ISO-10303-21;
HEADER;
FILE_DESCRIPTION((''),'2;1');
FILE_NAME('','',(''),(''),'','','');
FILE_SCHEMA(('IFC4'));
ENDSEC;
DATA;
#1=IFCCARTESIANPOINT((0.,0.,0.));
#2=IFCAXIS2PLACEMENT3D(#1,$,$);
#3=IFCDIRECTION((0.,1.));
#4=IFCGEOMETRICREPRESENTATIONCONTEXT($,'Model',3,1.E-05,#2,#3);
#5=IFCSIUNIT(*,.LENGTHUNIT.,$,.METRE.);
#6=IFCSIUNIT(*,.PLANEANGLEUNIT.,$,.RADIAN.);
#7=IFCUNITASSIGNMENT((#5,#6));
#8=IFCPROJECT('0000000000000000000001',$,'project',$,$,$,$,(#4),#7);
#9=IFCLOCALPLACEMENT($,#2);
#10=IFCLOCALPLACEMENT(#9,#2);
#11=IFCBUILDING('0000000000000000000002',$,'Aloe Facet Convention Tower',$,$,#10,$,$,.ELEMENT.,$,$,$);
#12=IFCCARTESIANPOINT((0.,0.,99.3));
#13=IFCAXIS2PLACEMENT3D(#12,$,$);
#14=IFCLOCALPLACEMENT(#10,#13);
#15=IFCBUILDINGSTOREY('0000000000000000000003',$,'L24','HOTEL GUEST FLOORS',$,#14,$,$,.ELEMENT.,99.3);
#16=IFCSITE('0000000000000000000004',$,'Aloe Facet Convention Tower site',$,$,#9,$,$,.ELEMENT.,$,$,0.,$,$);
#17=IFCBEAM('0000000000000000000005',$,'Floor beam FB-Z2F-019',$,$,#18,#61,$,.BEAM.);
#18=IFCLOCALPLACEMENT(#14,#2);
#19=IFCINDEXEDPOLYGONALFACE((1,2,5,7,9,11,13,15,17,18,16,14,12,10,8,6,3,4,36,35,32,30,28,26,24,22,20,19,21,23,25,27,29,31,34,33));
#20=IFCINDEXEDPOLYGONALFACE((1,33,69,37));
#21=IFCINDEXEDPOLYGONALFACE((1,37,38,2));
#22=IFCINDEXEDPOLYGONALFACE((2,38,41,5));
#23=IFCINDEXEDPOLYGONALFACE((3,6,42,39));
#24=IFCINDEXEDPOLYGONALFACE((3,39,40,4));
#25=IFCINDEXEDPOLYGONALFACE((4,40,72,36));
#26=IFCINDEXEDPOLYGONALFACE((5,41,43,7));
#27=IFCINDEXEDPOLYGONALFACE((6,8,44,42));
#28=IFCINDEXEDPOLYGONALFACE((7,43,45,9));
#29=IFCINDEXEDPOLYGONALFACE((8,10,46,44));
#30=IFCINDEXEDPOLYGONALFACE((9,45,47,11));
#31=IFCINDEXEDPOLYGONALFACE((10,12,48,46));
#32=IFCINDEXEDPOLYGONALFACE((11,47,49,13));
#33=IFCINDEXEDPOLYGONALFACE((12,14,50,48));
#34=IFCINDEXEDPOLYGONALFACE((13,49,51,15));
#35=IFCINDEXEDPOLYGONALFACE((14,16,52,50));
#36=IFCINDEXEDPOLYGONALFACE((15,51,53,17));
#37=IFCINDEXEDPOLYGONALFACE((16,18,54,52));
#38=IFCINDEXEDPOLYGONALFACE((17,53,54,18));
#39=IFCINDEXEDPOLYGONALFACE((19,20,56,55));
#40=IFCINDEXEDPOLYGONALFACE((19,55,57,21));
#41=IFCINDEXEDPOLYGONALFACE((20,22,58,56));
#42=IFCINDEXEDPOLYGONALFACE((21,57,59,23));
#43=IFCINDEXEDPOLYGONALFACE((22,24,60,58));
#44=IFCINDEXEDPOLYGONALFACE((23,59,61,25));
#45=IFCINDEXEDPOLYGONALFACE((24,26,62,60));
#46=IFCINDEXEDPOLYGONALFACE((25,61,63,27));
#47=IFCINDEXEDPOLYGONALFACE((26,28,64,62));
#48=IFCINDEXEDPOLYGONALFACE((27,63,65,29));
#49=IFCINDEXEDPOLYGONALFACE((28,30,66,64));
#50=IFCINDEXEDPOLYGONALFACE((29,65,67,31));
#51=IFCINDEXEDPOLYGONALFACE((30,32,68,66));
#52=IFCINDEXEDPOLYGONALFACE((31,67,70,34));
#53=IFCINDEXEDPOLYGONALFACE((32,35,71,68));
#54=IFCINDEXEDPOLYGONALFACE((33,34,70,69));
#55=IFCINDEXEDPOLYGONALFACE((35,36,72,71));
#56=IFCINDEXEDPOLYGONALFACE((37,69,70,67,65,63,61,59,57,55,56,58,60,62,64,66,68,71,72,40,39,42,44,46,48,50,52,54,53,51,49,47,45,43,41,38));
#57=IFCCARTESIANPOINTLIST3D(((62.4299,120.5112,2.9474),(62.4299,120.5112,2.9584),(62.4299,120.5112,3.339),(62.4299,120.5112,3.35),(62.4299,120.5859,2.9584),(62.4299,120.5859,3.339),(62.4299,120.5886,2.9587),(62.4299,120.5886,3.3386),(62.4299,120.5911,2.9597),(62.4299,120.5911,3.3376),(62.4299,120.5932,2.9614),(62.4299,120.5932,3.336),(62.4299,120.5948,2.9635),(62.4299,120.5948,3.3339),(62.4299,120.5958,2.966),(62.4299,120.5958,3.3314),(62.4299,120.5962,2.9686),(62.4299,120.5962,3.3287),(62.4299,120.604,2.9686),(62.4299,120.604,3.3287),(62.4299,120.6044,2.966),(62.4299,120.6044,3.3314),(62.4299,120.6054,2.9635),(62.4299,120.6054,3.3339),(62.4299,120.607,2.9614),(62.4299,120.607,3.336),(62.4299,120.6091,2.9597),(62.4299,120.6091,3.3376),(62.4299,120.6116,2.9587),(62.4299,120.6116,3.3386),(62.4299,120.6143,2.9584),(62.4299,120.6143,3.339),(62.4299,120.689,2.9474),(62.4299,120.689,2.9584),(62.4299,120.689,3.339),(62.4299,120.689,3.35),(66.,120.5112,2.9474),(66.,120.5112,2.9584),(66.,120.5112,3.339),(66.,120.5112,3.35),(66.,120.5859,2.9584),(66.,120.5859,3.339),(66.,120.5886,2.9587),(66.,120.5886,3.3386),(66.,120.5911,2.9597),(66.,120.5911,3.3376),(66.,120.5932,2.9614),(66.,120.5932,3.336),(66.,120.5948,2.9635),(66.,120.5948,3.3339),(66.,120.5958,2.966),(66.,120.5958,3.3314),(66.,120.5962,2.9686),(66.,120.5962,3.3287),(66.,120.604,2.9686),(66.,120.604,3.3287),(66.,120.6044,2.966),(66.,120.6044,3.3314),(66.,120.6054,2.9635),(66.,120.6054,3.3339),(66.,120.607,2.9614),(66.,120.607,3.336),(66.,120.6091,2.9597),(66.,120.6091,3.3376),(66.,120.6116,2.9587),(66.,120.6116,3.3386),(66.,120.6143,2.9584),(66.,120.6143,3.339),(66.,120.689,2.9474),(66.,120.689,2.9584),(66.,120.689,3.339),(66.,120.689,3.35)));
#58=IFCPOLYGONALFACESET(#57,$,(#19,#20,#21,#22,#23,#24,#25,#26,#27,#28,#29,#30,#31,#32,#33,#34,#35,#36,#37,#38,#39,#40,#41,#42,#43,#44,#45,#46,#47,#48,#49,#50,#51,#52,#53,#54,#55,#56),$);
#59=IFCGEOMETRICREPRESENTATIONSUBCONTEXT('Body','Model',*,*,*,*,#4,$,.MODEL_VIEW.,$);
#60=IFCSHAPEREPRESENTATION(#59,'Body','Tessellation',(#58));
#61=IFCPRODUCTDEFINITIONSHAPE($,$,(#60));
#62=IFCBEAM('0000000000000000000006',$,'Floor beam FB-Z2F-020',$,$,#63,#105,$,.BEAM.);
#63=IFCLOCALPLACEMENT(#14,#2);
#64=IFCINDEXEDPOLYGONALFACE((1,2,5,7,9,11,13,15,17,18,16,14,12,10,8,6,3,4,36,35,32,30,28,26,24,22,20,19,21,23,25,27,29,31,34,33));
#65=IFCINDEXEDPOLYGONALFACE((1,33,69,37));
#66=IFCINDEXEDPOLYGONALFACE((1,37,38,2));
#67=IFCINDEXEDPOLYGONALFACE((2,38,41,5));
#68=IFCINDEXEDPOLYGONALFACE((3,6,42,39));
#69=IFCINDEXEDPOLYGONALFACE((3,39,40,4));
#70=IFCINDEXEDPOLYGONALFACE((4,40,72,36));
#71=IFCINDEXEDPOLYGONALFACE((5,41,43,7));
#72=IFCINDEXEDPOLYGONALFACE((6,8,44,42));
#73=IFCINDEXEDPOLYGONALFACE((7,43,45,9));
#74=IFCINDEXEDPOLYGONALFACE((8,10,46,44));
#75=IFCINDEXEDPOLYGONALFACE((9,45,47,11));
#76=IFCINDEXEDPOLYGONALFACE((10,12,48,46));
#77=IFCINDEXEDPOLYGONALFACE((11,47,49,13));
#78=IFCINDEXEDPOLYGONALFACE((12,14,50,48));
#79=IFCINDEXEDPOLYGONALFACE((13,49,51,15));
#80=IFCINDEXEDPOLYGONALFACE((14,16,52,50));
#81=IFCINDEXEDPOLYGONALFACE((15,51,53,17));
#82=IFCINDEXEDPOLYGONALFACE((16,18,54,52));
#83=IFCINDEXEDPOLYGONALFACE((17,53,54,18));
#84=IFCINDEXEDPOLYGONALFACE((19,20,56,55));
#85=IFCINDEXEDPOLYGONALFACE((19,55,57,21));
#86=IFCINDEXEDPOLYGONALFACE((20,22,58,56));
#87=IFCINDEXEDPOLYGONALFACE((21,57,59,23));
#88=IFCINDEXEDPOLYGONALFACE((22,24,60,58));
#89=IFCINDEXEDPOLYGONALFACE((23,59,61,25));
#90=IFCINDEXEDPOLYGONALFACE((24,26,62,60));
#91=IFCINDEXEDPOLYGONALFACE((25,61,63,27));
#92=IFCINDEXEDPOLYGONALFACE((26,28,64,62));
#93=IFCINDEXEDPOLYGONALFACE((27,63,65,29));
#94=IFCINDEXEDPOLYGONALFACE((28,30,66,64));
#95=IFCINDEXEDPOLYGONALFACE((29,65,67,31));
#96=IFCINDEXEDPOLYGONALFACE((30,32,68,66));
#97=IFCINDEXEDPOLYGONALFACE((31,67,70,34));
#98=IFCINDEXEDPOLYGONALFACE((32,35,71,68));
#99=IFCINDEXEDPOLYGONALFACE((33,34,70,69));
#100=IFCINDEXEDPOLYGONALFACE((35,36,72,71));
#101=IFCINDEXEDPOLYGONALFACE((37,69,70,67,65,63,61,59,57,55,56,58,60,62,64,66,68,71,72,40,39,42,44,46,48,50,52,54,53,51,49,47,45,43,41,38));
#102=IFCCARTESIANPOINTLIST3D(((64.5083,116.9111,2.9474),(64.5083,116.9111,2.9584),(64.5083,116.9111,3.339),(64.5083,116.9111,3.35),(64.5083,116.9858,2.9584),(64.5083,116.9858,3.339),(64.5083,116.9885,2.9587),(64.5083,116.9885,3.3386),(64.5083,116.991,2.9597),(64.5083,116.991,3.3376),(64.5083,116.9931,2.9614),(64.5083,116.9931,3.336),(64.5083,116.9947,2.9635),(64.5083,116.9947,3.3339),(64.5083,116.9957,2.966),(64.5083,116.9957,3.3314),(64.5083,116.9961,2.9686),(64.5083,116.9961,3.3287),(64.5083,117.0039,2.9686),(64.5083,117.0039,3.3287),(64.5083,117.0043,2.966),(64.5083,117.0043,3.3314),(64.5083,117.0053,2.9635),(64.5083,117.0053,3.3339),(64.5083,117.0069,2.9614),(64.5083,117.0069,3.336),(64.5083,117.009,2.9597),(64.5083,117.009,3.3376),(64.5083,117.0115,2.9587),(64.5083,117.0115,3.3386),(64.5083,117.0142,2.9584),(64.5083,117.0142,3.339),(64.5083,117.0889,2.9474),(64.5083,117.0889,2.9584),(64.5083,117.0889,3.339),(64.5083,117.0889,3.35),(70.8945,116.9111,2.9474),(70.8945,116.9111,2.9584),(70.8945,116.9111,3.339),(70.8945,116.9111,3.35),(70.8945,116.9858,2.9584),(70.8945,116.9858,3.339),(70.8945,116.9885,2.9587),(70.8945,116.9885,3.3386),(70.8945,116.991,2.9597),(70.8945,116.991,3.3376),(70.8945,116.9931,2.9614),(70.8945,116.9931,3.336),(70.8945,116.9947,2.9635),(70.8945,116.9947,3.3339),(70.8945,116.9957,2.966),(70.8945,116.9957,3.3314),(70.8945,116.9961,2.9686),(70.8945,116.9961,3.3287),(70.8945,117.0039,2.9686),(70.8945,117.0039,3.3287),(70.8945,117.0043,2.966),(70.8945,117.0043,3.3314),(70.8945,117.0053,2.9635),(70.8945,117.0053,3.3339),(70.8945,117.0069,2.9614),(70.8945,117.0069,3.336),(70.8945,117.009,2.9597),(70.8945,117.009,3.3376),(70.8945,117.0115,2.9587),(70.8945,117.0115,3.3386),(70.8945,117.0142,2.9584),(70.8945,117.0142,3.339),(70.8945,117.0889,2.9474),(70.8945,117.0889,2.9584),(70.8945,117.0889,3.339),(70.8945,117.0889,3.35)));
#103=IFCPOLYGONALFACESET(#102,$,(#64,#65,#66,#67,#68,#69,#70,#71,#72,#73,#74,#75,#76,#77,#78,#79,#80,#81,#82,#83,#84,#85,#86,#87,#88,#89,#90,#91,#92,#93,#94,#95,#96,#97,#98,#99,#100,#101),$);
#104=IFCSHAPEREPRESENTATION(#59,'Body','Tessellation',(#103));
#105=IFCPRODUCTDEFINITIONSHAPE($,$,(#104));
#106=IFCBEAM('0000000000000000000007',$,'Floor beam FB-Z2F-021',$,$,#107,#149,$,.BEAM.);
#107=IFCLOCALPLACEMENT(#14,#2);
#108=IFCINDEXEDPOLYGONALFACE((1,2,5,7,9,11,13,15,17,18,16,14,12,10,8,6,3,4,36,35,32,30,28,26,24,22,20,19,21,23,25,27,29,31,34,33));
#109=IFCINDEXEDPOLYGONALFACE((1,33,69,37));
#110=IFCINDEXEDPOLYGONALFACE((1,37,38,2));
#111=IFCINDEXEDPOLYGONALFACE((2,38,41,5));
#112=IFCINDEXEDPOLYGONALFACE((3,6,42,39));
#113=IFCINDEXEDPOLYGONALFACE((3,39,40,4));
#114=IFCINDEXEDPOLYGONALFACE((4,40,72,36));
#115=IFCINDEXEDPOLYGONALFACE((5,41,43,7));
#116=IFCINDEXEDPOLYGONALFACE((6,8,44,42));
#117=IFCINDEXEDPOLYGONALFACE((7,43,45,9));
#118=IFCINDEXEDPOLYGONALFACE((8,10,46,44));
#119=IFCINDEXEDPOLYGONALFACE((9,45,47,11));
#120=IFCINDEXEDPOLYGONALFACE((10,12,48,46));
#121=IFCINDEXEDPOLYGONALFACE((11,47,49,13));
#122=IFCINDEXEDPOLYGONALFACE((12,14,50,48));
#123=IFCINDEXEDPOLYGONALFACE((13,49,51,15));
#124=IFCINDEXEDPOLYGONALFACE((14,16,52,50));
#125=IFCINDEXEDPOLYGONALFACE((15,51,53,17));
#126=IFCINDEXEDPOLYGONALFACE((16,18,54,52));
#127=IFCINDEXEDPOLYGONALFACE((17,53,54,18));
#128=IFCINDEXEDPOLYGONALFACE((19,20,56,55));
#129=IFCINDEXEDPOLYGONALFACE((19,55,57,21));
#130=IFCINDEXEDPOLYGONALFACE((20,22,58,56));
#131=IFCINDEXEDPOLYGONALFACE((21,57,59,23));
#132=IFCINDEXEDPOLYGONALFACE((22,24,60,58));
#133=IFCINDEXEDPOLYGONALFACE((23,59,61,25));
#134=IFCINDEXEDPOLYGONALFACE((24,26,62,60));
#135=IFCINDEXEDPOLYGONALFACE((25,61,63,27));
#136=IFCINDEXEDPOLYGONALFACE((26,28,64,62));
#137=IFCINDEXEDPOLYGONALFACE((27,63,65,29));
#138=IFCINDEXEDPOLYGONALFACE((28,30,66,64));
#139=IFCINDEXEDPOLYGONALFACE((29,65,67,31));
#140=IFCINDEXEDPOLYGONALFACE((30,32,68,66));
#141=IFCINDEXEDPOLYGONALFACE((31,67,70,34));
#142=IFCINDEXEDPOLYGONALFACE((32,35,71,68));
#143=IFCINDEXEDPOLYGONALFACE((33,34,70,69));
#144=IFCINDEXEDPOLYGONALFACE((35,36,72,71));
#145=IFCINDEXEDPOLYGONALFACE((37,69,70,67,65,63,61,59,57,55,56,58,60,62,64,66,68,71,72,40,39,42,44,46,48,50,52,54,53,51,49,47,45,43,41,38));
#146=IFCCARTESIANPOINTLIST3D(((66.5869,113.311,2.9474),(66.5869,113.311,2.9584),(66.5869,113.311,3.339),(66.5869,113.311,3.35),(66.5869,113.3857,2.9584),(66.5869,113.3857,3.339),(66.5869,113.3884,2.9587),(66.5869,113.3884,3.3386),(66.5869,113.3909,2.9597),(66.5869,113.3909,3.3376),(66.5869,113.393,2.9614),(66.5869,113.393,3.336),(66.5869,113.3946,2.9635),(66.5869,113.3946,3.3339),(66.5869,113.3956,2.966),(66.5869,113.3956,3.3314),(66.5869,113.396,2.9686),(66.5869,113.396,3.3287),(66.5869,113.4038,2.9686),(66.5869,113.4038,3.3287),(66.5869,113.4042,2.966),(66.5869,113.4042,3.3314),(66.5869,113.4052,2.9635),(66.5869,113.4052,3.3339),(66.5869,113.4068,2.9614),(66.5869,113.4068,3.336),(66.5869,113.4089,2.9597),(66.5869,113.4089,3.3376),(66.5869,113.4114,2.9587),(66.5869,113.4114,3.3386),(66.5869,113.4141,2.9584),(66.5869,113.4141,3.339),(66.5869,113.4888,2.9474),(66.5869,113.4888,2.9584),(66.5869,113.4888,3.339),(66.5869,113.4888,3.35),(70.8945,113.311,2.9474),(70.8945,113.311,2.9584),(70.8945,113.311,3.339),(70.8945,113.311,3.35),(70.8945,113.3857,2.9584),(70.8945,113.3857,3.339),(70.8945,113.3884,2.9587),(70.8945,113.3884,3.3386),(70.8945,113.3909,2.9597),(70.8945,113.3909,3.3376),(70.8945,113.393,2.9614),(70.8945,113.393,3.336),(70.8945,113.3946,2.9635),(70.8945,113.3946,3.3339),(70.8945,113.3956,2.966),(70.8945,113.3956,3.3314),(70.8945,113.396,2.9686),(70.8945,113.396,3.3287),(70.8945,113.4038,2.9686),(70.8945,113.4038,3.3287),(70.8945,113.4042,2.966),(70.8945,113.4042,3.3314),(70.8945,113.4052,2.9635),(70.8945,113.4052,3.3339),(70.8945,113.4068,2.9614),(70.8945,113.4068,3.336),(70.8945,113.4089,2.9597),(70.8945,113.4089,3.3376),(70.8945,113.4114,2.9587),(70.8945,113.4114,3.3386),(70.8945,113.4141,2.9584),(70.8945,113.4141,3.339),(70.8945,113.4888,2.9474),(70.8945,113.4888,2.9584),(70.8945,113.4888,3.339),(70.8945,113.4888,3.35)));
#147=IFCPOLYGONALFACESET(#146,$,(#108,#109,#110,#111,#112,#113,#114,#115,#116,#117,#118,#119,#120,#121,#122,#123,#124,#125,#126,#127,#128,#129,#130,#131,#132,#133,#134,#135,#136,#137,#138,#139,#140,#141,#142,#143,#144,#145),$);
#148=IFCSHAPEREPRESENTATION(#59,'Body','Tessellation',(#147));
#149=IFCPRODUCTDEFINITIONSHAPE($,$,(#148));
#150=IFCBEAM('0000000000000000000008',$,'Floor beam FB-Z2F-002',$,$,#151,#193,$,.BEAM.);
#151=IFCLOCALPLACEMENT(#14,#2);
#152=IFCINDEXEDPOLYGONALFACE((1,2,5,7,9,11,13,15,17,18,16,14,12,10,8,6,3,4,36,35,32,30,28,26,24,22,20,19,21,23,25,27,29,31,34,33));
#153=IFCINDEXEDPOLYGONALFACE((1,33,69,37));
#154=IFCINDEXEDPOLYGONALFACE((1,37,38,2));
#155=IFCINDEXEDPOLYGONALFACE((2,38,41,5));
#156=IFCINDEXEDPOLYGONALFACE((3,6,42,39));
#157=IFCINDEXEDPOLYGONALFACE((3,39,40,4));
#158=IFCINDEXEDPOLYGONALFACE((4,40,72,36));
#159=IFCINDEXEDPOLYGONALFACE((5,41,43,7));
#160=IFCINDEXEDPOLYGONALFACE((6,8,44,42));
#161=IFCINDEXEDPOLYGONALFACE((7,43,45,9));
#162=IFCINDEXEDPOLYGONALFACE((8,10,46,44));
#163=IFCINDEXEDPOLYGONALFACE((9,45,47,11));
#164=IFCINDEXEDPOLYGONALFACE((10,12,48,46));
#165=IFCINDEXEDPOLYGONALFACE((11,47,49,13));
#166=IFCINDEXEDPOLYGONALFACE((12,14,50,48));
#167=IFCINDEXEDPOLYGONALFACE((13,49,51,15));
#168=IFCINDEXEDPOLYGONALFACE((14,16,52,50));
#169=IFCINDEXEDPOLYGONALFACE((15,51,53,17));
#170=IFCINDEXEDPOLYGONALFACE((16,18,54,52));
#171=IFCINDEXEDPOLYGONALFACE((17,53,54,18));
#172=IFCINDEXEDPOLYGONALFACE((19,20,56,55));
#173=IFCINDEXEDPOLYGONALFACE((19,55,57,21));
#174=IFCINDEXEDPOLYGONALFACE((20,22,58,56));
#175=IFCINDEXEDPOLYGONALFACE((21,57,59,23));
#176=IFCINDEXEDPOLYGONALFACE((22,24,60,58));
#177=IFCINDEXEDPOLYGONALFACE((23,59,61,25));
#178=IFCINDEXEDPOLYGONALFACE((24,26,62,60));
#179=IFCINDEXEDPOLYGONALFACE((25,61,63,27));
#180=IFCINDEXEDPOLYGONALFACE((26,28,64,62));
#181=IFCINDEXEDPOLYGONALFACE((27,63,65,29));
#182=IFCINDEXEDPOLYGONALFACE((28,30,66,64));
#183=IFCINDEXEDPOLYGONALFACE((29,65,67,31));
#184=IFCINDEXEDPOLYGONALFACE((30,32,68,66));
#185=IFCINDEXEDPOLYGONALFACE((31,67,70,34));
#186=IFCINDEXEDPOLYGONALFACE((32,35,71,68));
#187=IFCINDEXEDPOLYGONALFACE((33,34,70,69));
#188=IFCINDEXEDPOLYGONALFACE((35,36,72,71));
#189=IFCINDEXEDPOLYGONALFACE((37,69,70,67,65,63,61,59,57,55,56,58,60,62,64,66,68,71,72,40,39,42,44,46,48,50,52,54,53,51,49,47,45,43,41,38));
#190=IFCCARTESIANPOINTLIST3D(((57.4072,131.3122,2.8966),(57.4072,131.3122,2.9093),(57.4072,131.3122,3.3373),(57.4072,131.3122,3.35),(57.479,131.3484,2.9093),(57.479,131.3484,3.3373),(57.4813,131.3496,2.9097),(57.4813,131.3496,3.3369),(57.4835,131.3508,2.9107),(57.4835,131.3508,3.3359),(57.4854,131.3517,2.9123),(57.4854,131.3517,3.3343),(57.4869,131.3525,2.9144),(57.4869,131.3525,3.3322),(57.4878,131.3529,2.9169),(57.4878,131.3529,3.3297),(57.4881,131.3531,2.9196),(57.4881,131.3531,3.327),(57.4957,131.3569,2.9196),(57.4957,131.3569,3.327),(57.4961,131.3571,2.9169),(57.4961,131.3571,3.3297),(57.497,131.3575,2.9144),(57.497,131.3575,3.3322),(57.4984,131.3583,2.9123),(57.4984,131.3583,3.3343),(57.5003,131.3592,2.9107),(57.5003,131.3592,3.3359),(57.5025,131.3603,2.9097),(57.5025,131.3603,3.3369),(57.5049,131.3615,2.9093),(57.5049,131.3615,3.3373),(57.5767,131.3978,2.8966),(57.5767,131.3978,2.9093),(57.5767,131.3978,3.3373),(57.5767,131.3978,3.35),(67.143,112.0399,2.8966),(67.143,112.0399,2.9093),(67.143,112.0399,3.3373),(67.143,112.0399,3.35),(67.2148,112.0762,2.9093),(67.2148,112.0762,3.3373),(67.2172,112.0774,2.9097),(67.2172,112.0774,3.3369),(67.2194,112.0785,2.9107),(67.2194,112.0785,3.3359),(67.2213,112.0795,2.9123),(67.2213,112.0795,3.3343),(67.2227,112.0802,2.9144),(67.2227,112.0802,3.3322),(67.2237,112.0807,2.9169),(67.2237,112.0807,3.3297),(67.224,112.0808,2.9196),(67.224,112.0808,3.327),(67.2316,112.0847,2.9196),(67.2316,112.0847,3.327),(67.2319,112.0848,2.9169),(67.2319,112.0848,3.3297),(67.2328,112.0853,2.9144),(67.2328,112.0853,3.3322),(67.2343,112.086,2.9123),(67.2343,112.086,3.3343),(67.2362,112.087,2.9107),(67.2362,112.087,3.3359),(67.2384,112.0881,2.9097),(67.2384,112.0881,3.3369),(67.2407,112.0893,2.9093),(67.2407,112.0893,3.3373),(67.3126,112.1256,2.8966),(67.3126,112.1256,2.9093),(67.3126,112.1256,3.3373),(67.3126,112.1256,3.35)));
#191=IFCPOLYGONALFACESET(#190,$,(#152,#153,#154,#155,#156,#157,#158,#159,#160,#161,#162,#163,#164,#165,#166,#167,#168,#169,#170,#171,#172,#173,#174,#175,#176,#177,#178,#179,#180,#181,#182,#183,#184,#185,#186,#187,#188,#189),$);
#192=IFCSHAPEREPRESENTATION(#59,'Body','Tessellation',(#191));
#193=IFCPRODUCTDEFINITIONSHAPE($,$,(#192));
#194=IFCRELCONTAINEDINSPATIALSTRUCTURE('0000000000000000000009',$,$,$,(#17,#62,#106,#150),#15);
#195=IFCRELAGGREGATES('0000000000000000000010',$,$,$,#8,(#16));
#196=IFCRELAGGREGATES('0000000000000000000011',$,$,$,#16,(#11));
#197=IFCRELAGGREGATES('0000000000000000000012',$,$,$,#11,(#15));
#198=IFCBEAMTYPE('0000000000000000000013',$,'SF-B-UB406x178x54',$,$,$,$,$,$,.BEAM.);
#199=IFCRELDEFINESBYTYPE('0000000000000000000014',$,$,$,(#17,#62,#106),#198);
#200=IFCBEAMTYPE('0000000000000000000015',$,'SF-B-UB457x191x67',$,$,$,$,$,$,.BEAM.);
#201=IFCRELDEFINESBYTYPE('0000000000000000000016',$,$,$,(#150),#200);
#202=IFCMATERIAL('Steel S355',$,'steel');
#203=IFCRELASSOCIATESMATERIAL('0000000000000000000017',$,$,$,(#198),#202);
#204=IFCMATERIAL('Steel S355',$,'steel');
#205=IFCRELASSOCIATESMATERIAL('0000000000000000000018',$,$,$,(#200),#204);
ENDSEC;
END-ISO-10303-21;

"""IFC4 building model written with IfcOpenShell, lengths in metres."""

from ifc_helpers import new_model, si_unit, direction, frame, origin, origin_2d, place, context, subcontext, project, spatial, i_section, extrude, material, material_profile, profile_set, type_object, element, save


model = new_model("IFC4")

# Units and contexts
model_context = context("Model", 3, precision=1e-05, world=origin(), true_north=direction((0.0, 1.0)))
body_context = subcontext(model_context, "Body", "Model", "MODEL_VIEW")
ifc_project = project(units=[si_unit("LENGTHUNIT", "METRE"), si_unit("PLANEANGLEUNIT", "RADIAN")], contexts=[model_context])

# Site, building, storey
site_placement = place(None, origin())
site = spatial("IfcSite", under=ifc_project, at=site_placement, Name="Aloe Facet Convention Tower site", CompositionType="ELEMENT", RefElevation=0.0)
building_placement = place(site_placement, origin())
building = spatial("IfcBuilding", under=site, at=building_placement, Name="Aloe Facet Convention Tower", CompositionType="ELEMENT")
storey_placement = place(building_placement, frame((0.0, 0.0, 99.3)))
storey = spatial("IfcBuildingStorey", under=building, at=storey_placement, Name="L24", Description="HOTEL GUEST FLOORS", CompositionType="ELEMENT", Elevation=99.3)

# Beams
ifc_material_1 = material(Name="Steel S355", Category="steel")
ifc_material_profile_1 = material_profile(ifc_material_1, i_section(OverallWidth=0.1777, OverallDepth=0.4026, WebThickness=0.0078, FlangeThickness=0.011, FilletRadius=0.0103, at=origin_2d()), Name="UB 406x178x54")
ifc_profile_set_1 = profile_set([ifc_material_profile_1], Name="Steel S355")
beam_type_1 = type_object("IfcBeamType", Name="SF-B-UB406x178x54", PredefinedType="BEAM", material=ifc_profile_set_1)
beam_1_placement = place(storey_placement, frame((62.4299, 120.6001, 3.1487), z_axis=(1.0, 0.0, 0.0), x_axis=(0.0, 1.0, 0.0)))
element("IfcBeam", 1, at=beam_1_placement, inside=storey, type_object=beam_type_1, Name="Floor beam FB-Z2F-019", PredefinedType="BEAM", context=body_context, shape_type="SweptSolid", body=[
    extrude(i_section(OverallWidth=0.1777, OverallDepth=0.4026, WebThickness=0.0078, FlangeThickness=0.011, FilletRadius=0.0103, at=origin_2d()), origin(), (0.0, 0.0, 1.0), 3.5701),
])
beam_2_placement = place(storey_placement, frame((64.5083, 117.0, 3.1487), z_axis=(1.0, 0.0, 0.0), x_axis=(0.0, 1.0, 0.0)))
element("IfcBeam", 2, at=beam_2_placement, inside=storey, type_object=beam_type_1, Name="Floor beam FB-Z2F-020", PredefinedType="BEAM", context=body_context, shape_type="SweptSolid", body=[
    extrude(i_section(OverallWidth=0.1777, OverallDepth=0.4026, WebThickness=0.0078, FlangeThickness=0.011, FilletRadius=0.0103, at=origin_2d()), origin(), (0.0, 0.0, 1.0), 6.3862),
])
beam_3_placement = place(storey_placement, frame((66.5869, 113.3999, 3.1487), z_axis=(1.0, 0.0, 0.0), x_axis=(0.0, 1.0, 0.0)))
element("IfcBeam", 3, at=beam_3_placement, inside=storey, type_object=beam_type_1, Name="Floor beam FB-Z2F-021", PredefinedType="BEAM", context=body_context, shape_type="SweptSolid", body=[
    extrude(i_section(OverallWidth=0.1777, OverallDepth=0.4026, WebThickness=0.0078, FlangeThickness=0.011, FilletRadius=0.0103, at=origin_2d()), origin(), (0.0, 0.0, 1.0), 4.3076),
])
ifc_material_2 = material(Name="Steel S355", Category="steel")
ifc_material_profile_2 = material_profile(ifc_material_2, i_section(OverallWidth=0.1899, OverallDepth=0.4534, WebThickness=0.0085, FlangeThickness=0.0127, FilletRadius=0.0103, at=origin_2d()), Name="UB 457x191x67")
ifc_profile_set_2 = profile_set([ifc_material_profile_2], Name="Steel S355")
beam_type_2 = type_object("IfcBeamType", Name="SF-B-UB457x191x67", PredefinedType="BEAM", material=ifc_profile_set_2)
beam_4_placement = place(storey_placement, frame((67.2278, 112.0828, 3.1233), z_axis=(-0.450905, 0.892572, 0.0), x_axis=(-0.892572, -0.450905, 0.0)))
element("IfcBeam", 4, at=beam_4_placement, inside=storey, type_object=beam_type_2, Name="Floor beam FB-Z2F-002", PredefinedType="BEAM", context=body_context, shape_type="SweptSolid", body=[
    extrude(i_section(OverallWidth=0.1899, OverallDepth=0.4534, WebThickness=0.0085, FlangeThickness=0.0127, FilletRadius=0.0103, at=origin_2d()), origin(), (0.0, 0.0, 1.0), 21.5918),
])

save(model, "model.ifc")
